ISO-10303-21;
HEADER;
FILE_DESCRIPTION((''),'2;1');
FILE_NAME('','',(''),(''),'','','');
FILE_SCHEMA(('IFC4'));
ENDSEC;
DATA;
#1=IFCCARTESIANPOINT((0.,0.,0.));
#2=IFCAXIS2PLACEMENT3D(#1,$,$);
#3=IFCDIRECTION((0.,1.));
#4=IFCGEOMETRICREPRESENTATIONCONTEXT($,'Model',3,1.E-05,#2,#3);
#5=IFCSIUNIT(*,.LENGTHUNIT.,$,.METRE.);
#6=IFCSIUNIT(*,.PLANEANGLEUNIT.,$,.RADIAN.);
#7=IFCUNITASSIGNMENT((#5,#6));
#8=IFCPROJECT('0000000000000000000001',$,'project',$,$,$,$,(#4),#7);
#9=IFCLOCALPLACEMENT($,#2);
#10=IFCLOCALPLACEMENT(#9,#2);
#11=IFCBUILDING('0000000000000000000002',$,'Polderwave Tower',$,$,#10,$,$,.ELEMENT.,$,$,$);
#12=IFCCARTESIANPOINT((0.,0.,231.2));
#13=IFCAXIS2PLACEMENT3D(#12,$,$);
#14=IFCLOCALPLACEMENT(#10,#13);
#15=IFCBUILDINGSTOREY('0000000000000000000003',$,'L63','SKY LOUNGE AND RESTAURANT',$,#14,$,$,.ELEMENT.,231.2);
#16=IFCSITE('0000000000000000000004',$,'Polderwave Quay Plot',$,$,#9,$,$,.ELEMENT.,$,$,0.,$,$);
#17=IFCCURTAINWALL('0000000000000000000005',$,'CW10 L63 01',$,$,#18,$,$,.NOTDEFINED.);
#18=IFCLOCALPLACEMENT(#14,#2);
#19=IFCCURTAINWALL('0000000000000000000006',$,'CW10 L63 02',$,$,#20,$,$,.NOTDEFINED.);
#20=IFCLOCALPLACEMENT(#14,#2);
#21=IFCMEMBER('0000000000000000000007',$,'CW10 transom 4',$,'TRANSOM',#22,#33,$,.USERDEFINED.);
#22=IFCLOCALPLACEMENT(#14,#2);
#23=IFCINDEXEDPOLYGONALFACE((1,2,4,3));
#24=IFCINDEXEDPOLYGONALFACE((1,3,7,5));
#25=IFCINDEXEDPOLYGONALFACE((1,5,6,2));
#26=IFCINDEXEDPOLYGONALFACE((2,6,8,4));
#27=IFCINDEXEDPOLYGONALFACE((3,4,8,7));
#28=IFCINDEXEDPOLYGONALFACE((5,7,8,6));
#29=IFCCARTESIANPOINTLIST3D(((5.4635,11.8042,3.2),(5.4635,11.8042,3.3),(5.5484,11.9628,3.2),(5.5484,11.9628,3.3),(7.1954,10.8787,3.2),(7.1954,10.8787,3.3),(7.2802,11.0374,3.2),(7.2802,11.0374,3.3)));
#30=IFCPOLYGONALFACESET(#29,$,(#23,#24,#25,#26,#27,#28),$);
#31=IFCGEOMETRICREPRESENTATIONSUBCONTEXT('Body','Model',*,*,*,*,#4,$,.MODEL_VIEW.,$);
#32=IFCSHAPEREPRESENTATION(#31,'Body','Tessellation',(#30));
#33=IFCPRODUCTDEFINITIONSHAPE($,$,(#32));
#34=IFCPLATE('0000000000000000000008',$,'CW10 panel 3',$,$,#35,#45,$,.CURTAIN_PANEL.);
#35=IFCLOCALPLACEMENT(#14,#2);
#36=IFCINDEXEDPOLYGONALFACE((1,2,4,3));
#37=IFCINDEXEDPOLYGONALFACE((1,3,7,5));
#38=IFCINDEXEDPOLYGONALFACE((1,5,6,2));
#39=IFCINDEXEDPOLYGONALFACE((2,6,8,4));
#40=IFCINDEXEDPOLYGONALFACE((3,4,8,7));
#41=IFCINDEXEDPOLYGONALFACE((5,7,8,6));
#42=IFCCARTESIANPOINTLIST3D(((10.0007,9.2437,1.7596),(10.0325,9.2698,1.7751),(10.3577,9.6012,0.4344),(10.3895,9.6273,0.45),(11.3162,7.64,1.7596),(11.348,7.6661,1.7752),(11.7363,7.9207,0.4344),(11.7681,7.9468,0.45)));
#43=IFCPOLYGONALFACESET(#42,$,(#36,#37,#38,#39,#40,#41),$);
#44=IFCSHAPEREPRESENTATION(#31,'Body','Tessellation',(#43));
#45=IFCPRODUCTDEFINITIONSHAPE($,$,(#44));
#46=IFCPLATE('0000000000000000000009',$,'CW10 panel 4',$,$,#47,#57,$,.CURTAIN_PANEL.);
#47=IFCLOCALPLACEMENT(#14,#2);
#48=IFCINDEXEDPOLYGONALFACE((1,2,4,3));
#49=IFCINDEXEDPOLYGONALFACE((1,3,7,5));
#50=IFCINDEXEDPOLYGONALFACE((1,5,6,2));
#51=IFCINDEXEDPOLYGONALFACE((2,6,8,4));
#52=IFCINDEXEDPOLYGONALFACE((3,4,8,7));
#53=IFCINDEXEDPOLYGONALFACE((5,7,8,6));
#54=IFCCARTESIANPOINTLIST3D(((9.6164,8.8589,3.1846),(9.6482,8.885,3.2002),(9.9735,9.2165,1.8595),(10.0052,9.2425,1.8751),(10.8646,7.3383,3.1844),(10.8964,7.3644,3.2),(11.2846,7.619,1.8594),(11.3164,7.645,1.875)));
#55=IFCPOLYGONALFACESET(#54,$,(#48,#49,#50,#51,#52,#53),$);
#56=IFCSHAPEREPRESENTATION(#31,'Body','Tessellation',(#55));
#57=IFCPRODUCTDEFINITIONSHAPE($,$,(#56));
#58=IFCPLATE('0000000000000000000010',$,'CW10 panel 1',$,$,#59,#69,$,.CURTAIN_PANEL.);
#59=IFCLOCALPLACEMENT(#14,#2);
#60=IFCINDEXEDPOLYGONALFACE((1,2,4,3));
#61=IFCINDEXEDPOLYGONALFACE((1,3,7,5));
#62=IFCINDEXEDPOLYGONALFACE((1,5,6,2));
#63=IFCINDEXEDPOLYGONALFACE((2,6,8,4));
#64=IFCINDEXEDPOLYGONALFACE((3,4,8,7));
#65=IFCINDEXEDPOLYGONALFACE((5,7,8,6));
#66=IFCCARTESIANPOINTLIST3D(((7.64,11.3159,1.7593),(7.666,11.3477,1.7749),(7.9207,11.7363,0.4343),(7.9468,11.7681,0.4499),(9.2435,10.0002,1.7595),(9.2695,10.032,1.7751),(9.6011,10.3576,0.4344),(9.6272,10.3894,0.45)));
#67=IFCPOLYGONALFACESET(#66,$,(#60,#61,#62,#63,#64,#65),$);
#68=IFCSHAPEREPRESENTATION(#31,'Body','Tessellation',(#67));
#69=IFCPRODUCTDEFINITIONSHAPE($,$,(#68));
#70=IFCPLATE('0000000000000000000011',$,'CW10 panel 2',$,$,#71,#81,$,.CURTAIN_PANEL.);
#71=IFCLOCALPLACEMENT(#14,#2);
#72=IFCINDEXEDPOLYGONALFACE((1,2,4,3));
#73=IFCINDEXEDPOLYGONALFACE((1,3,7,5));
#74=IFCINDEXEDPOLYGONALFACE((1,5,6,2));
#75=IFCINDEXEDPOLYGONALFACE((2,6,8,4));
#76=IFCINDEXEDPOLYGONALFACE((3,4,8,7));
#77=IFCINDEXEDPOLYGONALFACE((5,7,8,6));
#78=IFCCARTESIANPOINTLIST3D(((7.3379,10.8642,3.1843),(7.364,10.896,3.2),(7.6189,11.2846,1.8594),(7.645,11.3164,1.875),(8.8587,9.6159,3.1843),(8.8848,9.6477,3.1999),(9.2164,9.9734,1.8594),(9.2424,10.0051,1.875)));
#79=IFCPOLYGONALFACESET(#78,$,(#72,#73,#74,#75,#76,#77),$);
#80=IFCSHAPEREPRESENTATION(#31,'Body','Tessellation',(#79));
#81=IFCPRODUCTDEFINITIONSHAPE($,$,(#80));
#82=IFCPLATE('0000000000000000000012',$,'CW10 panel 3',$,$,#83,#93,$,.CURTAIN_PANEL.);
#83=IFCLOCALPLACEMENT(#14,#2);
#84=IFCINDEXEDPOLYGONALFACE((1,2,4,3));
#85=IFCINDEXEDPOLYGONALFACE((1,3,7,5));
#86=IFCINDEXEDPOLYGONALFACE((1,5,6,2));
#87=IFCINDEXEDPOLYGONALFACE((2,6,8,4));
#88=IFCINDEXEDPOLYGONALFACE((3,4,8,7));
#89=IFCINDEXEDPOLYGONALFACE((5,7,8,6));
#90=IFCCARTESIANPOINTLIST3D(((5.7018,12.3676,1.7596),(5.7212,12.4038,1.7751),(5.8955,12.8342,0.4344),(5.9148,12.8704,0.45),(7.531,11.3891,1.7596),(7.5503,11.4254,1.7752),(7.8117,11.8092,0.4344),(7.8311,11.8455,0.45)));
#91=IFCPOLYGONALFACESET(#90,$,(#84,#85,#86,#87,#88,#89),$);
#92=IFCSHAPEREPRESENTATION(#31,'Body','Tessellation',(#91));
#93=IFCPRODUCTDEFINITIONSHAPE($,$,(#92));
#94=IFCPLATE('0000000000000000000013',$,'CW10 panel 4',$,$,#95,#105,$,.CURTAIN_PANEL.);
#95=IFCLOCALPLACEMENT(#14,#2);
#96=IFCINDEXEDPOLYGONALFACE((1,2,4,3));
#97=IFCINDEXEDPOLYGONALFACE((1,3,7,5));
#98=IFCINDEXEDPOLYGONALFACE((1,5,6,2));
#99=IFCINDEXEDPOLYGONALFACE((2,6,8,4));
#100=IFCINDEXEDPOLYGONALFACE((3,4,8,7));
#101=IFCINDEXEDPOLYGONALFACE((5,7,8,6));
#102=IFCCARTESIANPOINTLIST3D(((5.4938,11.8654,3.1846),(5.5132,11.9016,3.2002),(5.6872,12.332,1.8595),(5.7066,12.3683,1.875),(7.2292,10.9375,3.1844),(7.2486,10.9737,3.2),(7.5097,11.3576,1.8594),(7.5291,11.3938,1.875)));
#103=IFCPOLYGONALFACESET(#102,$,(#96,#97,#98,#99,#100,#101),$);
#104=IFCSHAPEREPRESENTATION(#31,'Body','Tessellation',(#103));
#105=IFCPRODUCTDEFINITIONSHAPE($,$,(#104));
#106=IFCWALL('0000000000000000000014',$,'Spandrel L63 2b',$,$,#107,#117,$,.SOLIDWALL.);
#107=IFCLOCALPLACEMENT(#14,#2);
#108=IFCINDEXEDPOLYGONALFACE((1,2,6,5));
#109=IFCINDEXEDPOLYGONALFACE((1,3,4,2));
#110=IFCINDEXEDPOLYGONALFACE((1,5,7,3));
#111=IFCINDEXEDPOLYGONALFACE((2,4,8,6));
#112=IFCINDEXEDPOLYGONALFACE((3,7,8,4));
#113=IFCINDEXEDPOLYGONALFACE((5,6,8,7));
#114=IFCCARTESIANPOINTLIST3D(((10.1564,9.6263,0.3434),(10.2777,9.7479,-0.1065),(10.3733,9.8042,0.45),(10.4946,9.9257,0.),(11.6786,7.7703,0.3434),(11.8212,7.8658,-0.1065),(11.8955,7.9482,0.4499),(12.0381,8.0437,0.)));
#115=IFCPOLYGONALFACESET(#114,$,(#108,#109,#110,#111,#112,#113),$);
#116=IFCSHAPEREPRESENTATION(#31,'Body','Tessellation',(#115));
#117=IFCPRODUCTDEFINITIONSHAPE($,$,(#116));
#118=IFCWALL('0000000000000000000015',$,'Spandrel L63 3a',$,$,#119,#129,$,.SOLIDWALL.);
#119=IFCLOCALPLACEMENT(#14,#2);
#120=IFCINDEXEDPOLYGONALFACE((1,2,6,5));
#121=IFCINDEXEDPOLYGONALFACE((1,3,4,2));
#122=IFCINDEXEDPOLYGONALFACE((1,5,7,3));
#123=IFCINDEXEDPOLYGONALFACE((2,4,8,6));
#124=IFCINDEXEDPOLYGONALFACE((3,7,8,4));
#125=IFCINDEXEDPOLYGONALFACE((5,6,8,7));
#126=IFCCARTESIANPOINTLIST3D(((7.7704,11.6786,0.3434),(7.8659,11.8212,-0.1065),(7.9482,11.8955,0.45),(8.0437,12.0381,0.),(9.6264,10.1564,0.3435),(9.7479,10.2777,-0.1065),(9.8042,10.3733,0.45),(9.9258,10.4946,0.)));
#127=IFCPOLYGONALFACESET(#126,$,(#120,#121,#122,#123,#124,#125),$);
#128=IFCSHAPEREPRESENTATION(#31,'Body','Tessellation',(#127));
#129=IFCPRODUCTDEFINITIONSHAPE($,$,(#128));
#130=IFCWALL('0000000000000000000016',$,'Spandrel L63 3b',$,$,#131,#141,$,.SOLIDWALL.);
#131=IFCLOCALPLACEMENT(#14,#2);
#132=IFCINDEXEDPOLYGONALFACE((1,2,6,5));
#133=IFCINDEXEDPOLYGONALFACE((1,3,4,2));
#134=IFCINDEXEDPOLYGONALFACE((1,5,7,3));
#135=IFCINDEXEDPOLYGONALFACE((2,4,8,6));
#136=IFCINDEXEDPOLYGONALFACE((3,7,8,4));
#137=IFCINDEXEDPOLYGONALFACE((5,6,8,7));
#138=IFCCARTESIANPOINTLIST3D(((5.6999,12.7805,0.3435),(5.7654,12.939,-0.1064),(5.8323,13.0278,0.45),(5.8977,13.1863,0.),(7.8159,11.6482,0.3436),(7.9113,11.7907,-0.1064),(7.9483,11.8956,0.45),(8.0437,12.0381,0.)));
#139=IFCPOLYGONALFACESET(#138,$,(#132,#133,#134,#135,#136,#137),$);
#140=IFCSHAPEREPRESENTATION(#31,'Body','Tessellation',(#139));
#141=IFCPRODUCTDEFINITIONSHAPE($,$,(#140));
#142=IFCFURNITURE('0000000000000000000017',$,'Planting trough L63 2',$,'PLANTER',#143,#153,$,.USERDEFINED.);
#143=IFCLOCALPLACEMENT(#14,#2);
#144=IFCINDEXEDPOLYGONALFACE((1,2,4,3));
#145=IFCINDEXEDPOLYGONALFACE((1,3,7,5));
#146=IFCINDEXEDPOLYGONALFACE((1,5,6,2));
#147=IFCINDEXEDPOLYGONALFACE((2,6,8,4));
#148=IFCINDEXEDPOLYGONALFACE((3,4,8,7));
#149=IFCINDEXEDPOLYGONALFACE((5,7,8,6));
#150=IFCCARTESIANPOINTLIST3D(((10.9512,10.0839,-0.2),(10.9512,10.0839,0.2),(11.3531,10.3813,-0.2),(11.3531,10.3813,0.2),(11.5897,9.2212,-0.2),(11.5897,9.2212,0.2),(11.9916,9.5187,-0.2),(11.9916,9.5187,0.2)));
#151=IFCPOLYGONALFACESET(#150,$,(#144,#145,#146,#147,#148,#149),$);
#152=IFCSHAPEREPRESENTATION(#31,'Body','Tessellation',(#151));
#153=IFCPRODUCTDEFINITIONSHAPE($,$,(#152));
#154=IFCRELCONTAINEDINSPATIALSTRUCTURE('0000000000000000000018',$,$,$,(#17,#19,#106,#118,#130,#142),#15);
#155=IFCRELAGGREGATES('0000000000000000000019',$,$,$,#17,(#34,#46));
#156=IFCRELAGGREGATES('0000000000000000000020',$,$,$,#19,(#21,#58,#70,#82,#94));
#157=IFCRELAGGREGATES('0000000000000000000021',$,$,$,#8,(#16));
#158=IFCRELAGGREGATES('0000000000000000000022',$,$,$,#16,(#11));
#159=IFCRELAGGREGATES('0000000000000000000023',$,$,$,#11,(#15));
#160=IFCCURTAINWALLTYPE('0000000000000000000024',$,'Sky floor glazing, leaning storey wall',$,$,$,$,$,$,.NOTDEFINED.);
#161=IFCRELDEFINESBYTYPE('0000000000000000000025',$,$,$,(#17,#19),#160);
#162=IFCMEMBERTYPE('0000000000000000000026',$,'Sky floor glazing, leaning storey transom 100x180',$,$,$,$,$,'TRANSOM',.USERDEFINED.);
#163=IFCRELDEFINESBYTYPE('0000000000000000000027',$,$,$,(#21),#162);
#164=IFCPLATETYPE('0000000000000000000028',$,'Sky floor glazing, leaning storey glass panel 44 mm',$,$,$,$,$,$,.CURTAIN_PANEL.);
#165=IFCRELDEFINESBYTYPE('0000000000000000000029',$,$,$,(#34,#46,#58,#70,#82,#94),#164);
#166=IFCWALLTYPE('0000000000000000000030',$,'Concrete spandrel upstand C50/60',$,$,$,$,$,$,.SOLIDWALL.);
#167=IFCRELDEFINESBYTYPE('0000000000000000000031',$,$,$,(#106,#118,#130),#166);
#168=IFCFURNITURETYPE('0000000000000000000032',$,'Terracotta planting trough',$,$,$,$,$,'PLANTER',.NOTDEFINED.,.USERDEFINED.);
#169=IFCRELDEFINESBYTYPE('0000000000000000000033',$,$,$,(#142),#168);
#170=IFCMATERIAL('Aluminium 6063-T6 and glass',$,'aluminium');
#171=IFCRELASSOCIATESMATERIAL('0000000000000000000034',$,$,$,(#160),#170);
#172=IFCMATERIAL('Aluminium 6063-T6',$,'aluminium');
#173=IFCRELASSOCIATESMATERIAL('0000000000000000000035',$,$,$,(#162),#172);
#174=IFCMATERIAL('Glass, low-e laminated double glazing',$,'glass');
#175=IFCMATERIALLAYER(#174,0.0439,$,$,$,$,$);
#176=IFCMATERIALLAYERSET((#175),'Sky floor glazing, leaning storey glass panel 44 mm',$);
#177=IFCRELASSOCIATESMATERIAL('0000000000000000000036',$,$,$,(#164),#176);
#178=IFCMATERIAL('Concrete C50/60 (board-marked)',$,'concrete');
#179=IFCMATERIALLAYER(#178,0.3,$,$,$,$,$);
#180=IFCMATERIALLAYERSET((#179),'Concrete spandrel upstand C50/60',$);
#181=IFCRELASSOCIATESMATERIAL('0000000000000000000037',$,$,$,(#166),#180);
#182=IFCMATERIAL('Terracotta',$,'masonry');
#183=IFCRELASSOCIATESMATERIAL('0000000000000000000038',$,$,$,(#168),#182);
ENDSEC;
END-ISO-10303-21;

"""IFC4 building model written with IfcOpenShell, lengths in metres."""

from ifc_helpers import new_model, si_unit, direction, frame, origin, origin_2d, place, context, subcontext, project, spatial, polyline, rectangle, outline, extrude, material, layer, layer_set, material_profile, profile_set, type_object, element, aggregate, save


model = new_model("IFC4")

# Units and contexts
model_context = context("Model", 3, precision=1e-05, world=origin(), true_north=direction((0.0, 1.0)))
body_context = subcontext(model_context, "Body", "Model", "MODEL_VIEW")
ifc_project = project(units=[si_unit("LENGTHUNIT", "METRE"), si_unit("PLANEANGLEUNIT", "RADIAN")], contexts=[model_context])

# Site, building, storey
site_placement = place(None, origin())
site = spatial("IfcSite", under=ifc_project, at=site_placement, Name="Polderwave Quay Plot", CompositionType="ELEMENT", RefElevation=0.0)
building_placement = place(site_placement, origin())
building = spatial("IfcBuilding", under=site, at=building_placement, Name="Polderwave Tower", CompositionType="ELEMENT")
storey_placement = place(building_placement, frame((0.0, 0.0, 231.2)))
storey = spatial("IfcBuildingStorey", under=building, at=storey_placement, Name="L63", Description="SKY LOUNGE AND RESTAURANT", CompositionType="ELEMENT", Elevation=231.2)

# Curtain walls
ifc_material_1 = material(Name="Aluminium 6063-T6 and glass", Category="aluminium")
curtain_wall_type = type_object("IfcCurtainWallType", Name="Sky floor glazing, leaning storey wall", PredefinedType="NOTDEFINED", material=ifc_material_1)
curtain_wall_1_placement = place(storey_placement, origin())
curtain_wall_1 = element("IfcCurtainWall", 1, at=curtain_wall_1_placement, inside=storey, type_object=curtain_wall_type, Name="CW10 L63 01", PredefinedType="NOTDEFINED")
ifc_material_2 = material(Name="Aluminium 6063-T6", Category="aluminium")
curtain_wall_2_placement = place(storey_placement, origin())
curtain_wall_2 = element("IfcCurtainWall", 2, at=curtain_wall_2_placement, inside=storey, type_object=curtain_wall_type, Name="CW10 L63 02", PredefinedType="NOTDEFINED")

# Member
ifc_material_profile_1 = material_profile(ifc_material_2, rectangle(XDim=0.1799, YDim=0.1001, at=origin_2d()), Name="AL 100x180")
ifc_profile_set_1 = profile_set([ifc_material_profile_1], Name="Aluminium 6063-T6")
member_type_1 = type_object("IfcMemberType", Name="Sky floor glazing, leaning storey transom 100x180", ElementType="TRANSOM", PredefinedType="USERDEFINED", material=ifc_profile_set_1)
member_1_placement = place(storey_placement, frame((7.2378, 10.958, 3.25), z_axis=(-0.881964, 0.471317, 0.0), x_axis=(-0.471317, -0.881964, 0.0)))
member_1 = element("IfcMember", 3, at=member_1_placement, type_object=member_type_1, Name="CW10 transom 4", ObjectType="TRANSOM", PredefinedType="USERDEFINED", context=body_context, shape_type="SweptSolid", body=[
    extrude(rectangle(XDim=0.1799, YDim=0.1001, at=origin_2d()), origin(), (0.0, 0.0, 1.0), 1.9636),
])

# Plates
ifc_material_3 = material(Name="Glass, low-e laminated double glazing", Category="glass")
ifc_layer_1 = layer(ifc_material_3, 0.0439)
ifc_layer_set_1 = layer_set([ifc_layer_1], Name="Sky floor glazing, leaning storey glass panel 44 mm")
plate_type = type_object("IfcPlateType", Name="Sky floor glazing, leaning storey glass panel 44 mm", PredefinedType="CURTAIN_PANEL", material=ifc_layer_set_1)
plate_1_placement = place(storey_placement, frame((11.7681, 7.9468, 0.45), z_axis=(0.722866, 0.592985, 0.35473), x_axis=(-0.634235, 0.77314, 0.00002)))
plate_1 = element("IfcPlate", 4, at=plate_1_placement, type_object=plate_type, Name="CW10 panel 3", PredefinedType="CURTAIN_PANEL", context=body_context, shape_type="SweptSolid", body=[
    extrude(outline(polyline([(0.0, 0.0), (2.1736, 0.0), (2.1237, 1.4173), (0.0494, 1.4174), (0.0, 0.0)])), origin(), (0.0, 0.0, -1.0), 0.0439),
])
plate_2_placement = place(storey_placement, frame((11.3164, 7.645, 1.875), z_axis=(0.72271, 0.593158, 0.354758), x_axis=(-0.63443, 0.77298, 0.000027)))
plate_2 = element("IfcPlate", 5, at=plate_2_placement, type_object=plate_type, Name="CW10 panel 4", PredefinedType="CURTAIN_PANEL", context=body_context, shape_type="SweptSolid", body=[
    extrude(outline(polyline([(0.0, 0.0), (2.0667, 0.0), (2.0169, 1.4173), (0.0496, 1.4172), (0.0, 0.0)])), origin(), (0.0, 0.0, -1.0), 0.0439),
])
aggregate(curtain_wall_1, [plate_1, plate_2])
plate_3_placement = place(storey_placement, frame((9.6272, 10.3894, 0.45), z_axis=(0.592967, 0.722758, 0.354981), x_axis=(-0.773107, 0.634275, -0.000001)))
plate_3 = element("IfcPlate", 6, at=plate_3_placement, type_object=plate_type, Name="CW10 panel 1", PredefinedType="CURTAIN_PANEL", context=body_context, shape_type="SweptSolid", body=[
    extrude(outline(polyline([(0.0, 0.0), (2.1736, 0.0), (2.124, 1.4173), (0.0498, 1.4175), (0.0, 0.0)])), origin(), (0.0, 0.0, -1.0), 0.0439),
])
plate_4_placement = place(storey_placement, frame((9.2424, 10.0051, 1.875), z_axis=(0.593137, 0.722581, 0.355057), x_axis=(-0.772942, 0.634477, -0.000004)))
plate_4 = element("IfcPlate", 7, at=plate_4_placement, type_object=plate_type, Name="CW10 panel 2", PredefinedType="CURTAIN_PANEL", context=body_context, shape_type="SweptSolid", body=[
    extrude(outline(polyline([(0.0, 0.0), (2.0667, 0.0), (2.0171, 1.4173), (0.0497, 1.4173), (0.0, 0.0)])), origin(), (0.0, 0.0, -1.0), 0.0439),
])
plate_5_placement = place(storey_placement, frame((7.8311, 11.8455, 0.45), z_axis=(0.440991, 0.824427, 0.35475), x_axis=(-0.881779, 0.471663, 0.000016)))
plate_5 = element("IfcPlate", 8, at=plate_5_placement, type_object=plate_type, Name="CW10 panel 3", PredefinedType="CURTAIN_PANEL", context=body_context, shape_type="SweptSolid", body=[
    extrude(outline(polyline([(0.0, 0.0), (2.1731, 0.0), (2.1238, 1.4173), (0.0494, 1.4174), (0.0, 0.0)])), origin(), (0.0, 0.0, -1.0), 0.0439),
])
plate_6_placement = place(storey_placement, frame((7.5291, 11.3938, 1.875), z_axis=(0.440877, 0.824506, 0.354707), x_axis=(-0.88185, 0.47153, 0.000023)))
plate_6 = element("IfcPlate", 9, at=plate_6_placement, type_object=plate_type, Name="CW10 panel 4", PredefinedType="CURTAIN_PANEL", context=body_context, shape_type="SweptSolid", body=[
    extrude(outline(polyline([(0.0, 0.0), (2.0666, 0.0), (2.0172, 1.4173), (0.0493, 1.4171), (0.0, 0.0)])), origin(), (0.0, 0.0, -1.0), 0.0439),
])
aggregate(curtain_wall_2, [member_1, plate_3, plate_4, plate_5, plate_6])

# Walls
ifc_material_4 = material(Name="Concrete C50/60 (board-marked)", Category="concrete")
ifc_layer_2 = layer(ifc_material_4, 0.3)
ifc_layer_set_2 = layer_set([ifc_layer_2], Name="Concrete spandrel upstand C50/60")
wall_type = type_object("IfcWallType", Name="Concrete spandrel upstand C50/60", PredefinedType="SOLIDWALL", material=ifc_layer_set_2)
wall_1_placement = place(storey_placement, frame((12.0381, 8.0437, 0.0), z_axis=(0.722863, 0.592841, 0.354978), x_axis=(-0.634137, 0.773221, -0.00001)))
element("IfcWall", 10, at=wall_1_placement, inside=storey, type_object=wall_type, Name="Spandrel L63 2b", PredefinedType="SOLIDWALL", context=body_context, shape_type="SweptSolid", body=[
    extrude(outline(polyline([(0.0, 0.0), (2.434, 0.0), (2.417, 0.4813), (0.0166, 0.4813), (0.0, 0.0)])), origin(), (0.0, 0.0, -1.0), 0.3),
])
wall_2_placement = place(storey_placement, frame((9.9258, 10.4946, 0.0), z_axis=(0.592841, 0.722863, 0.354978), x_axis=(-0.773221, 0.634137, 0.00001)))
element("IfcWall", 11, at=wall_2_placement, inside=storey, type_object=wall_type, Name="Spandrel L63 3a", PredefinedType="SOLIDWALL", context=body_context, shape_type="SweptSolid", body=[
    extrude(outline(polyline([(0.0, 0.0), (2.434, 0.0), (2.4174, 0.4813), (0.0171, 0.4813), (0.0, 0.0)])), origin(), (0.0, 0.0, -1.0), 0.3),
])
wall_3_placement = place(storey_placement, frame((8.0437, 12.0381, 0.0), z_axis=(0.441127, 0.824403, 0.354637), x_axis=(-0.881713, 0.471787, 0.000012)))
element("IfcWall", 12, at=wall_3_placement, inside=storey, type_object=wall_type, Name="Spandrel L63 3b", PredefinedType="SOLIDWALL", context=body_context, shape_type="SweptSolid", body=[
    extrude(outline(polyline([(0.0, 0.0), (2.4339, 0.0), (2.4168, 0.4812), (0.0169, 0.4813), (0.0, 0.0)])), origin(), (0.0, 0.0, -1.0), 0.3),
])

# Furniture
ifc_material_5 = material(Name="Terracotta", Category="masonry")
furniture_type = type_object("IfcFurnitureType", Name="Terracotta planting trough", ElementType="PLANTER", AssemblyPlace="NOTDEFINED", PredefinedType="USERDEFINED", material=ifc_material_5)
furniture_placement = place(storey_placement, frame((11.4714, 9.8013, -0.2), z_axis=(0.0, 0.0, 1.0), x_axis=(-0.594911, 0.803791, 0.0)))
element("IfcFurniture", 13, at=furniture_placement, inside=storey, type_object=furniture_type, Name="Planting trough L63 2", ObjectType="PLANTER", PredefinedType="USERDEFINED", context=body_context, shape_type="SweptSolid", body=[
    extrude(rectangle(XDim=1.0732, YDim=0.5, at=origin_2d()), origin(), (0.0, 0.0, 1.0), 0.3999),
])

save(model, "model.ifc")
